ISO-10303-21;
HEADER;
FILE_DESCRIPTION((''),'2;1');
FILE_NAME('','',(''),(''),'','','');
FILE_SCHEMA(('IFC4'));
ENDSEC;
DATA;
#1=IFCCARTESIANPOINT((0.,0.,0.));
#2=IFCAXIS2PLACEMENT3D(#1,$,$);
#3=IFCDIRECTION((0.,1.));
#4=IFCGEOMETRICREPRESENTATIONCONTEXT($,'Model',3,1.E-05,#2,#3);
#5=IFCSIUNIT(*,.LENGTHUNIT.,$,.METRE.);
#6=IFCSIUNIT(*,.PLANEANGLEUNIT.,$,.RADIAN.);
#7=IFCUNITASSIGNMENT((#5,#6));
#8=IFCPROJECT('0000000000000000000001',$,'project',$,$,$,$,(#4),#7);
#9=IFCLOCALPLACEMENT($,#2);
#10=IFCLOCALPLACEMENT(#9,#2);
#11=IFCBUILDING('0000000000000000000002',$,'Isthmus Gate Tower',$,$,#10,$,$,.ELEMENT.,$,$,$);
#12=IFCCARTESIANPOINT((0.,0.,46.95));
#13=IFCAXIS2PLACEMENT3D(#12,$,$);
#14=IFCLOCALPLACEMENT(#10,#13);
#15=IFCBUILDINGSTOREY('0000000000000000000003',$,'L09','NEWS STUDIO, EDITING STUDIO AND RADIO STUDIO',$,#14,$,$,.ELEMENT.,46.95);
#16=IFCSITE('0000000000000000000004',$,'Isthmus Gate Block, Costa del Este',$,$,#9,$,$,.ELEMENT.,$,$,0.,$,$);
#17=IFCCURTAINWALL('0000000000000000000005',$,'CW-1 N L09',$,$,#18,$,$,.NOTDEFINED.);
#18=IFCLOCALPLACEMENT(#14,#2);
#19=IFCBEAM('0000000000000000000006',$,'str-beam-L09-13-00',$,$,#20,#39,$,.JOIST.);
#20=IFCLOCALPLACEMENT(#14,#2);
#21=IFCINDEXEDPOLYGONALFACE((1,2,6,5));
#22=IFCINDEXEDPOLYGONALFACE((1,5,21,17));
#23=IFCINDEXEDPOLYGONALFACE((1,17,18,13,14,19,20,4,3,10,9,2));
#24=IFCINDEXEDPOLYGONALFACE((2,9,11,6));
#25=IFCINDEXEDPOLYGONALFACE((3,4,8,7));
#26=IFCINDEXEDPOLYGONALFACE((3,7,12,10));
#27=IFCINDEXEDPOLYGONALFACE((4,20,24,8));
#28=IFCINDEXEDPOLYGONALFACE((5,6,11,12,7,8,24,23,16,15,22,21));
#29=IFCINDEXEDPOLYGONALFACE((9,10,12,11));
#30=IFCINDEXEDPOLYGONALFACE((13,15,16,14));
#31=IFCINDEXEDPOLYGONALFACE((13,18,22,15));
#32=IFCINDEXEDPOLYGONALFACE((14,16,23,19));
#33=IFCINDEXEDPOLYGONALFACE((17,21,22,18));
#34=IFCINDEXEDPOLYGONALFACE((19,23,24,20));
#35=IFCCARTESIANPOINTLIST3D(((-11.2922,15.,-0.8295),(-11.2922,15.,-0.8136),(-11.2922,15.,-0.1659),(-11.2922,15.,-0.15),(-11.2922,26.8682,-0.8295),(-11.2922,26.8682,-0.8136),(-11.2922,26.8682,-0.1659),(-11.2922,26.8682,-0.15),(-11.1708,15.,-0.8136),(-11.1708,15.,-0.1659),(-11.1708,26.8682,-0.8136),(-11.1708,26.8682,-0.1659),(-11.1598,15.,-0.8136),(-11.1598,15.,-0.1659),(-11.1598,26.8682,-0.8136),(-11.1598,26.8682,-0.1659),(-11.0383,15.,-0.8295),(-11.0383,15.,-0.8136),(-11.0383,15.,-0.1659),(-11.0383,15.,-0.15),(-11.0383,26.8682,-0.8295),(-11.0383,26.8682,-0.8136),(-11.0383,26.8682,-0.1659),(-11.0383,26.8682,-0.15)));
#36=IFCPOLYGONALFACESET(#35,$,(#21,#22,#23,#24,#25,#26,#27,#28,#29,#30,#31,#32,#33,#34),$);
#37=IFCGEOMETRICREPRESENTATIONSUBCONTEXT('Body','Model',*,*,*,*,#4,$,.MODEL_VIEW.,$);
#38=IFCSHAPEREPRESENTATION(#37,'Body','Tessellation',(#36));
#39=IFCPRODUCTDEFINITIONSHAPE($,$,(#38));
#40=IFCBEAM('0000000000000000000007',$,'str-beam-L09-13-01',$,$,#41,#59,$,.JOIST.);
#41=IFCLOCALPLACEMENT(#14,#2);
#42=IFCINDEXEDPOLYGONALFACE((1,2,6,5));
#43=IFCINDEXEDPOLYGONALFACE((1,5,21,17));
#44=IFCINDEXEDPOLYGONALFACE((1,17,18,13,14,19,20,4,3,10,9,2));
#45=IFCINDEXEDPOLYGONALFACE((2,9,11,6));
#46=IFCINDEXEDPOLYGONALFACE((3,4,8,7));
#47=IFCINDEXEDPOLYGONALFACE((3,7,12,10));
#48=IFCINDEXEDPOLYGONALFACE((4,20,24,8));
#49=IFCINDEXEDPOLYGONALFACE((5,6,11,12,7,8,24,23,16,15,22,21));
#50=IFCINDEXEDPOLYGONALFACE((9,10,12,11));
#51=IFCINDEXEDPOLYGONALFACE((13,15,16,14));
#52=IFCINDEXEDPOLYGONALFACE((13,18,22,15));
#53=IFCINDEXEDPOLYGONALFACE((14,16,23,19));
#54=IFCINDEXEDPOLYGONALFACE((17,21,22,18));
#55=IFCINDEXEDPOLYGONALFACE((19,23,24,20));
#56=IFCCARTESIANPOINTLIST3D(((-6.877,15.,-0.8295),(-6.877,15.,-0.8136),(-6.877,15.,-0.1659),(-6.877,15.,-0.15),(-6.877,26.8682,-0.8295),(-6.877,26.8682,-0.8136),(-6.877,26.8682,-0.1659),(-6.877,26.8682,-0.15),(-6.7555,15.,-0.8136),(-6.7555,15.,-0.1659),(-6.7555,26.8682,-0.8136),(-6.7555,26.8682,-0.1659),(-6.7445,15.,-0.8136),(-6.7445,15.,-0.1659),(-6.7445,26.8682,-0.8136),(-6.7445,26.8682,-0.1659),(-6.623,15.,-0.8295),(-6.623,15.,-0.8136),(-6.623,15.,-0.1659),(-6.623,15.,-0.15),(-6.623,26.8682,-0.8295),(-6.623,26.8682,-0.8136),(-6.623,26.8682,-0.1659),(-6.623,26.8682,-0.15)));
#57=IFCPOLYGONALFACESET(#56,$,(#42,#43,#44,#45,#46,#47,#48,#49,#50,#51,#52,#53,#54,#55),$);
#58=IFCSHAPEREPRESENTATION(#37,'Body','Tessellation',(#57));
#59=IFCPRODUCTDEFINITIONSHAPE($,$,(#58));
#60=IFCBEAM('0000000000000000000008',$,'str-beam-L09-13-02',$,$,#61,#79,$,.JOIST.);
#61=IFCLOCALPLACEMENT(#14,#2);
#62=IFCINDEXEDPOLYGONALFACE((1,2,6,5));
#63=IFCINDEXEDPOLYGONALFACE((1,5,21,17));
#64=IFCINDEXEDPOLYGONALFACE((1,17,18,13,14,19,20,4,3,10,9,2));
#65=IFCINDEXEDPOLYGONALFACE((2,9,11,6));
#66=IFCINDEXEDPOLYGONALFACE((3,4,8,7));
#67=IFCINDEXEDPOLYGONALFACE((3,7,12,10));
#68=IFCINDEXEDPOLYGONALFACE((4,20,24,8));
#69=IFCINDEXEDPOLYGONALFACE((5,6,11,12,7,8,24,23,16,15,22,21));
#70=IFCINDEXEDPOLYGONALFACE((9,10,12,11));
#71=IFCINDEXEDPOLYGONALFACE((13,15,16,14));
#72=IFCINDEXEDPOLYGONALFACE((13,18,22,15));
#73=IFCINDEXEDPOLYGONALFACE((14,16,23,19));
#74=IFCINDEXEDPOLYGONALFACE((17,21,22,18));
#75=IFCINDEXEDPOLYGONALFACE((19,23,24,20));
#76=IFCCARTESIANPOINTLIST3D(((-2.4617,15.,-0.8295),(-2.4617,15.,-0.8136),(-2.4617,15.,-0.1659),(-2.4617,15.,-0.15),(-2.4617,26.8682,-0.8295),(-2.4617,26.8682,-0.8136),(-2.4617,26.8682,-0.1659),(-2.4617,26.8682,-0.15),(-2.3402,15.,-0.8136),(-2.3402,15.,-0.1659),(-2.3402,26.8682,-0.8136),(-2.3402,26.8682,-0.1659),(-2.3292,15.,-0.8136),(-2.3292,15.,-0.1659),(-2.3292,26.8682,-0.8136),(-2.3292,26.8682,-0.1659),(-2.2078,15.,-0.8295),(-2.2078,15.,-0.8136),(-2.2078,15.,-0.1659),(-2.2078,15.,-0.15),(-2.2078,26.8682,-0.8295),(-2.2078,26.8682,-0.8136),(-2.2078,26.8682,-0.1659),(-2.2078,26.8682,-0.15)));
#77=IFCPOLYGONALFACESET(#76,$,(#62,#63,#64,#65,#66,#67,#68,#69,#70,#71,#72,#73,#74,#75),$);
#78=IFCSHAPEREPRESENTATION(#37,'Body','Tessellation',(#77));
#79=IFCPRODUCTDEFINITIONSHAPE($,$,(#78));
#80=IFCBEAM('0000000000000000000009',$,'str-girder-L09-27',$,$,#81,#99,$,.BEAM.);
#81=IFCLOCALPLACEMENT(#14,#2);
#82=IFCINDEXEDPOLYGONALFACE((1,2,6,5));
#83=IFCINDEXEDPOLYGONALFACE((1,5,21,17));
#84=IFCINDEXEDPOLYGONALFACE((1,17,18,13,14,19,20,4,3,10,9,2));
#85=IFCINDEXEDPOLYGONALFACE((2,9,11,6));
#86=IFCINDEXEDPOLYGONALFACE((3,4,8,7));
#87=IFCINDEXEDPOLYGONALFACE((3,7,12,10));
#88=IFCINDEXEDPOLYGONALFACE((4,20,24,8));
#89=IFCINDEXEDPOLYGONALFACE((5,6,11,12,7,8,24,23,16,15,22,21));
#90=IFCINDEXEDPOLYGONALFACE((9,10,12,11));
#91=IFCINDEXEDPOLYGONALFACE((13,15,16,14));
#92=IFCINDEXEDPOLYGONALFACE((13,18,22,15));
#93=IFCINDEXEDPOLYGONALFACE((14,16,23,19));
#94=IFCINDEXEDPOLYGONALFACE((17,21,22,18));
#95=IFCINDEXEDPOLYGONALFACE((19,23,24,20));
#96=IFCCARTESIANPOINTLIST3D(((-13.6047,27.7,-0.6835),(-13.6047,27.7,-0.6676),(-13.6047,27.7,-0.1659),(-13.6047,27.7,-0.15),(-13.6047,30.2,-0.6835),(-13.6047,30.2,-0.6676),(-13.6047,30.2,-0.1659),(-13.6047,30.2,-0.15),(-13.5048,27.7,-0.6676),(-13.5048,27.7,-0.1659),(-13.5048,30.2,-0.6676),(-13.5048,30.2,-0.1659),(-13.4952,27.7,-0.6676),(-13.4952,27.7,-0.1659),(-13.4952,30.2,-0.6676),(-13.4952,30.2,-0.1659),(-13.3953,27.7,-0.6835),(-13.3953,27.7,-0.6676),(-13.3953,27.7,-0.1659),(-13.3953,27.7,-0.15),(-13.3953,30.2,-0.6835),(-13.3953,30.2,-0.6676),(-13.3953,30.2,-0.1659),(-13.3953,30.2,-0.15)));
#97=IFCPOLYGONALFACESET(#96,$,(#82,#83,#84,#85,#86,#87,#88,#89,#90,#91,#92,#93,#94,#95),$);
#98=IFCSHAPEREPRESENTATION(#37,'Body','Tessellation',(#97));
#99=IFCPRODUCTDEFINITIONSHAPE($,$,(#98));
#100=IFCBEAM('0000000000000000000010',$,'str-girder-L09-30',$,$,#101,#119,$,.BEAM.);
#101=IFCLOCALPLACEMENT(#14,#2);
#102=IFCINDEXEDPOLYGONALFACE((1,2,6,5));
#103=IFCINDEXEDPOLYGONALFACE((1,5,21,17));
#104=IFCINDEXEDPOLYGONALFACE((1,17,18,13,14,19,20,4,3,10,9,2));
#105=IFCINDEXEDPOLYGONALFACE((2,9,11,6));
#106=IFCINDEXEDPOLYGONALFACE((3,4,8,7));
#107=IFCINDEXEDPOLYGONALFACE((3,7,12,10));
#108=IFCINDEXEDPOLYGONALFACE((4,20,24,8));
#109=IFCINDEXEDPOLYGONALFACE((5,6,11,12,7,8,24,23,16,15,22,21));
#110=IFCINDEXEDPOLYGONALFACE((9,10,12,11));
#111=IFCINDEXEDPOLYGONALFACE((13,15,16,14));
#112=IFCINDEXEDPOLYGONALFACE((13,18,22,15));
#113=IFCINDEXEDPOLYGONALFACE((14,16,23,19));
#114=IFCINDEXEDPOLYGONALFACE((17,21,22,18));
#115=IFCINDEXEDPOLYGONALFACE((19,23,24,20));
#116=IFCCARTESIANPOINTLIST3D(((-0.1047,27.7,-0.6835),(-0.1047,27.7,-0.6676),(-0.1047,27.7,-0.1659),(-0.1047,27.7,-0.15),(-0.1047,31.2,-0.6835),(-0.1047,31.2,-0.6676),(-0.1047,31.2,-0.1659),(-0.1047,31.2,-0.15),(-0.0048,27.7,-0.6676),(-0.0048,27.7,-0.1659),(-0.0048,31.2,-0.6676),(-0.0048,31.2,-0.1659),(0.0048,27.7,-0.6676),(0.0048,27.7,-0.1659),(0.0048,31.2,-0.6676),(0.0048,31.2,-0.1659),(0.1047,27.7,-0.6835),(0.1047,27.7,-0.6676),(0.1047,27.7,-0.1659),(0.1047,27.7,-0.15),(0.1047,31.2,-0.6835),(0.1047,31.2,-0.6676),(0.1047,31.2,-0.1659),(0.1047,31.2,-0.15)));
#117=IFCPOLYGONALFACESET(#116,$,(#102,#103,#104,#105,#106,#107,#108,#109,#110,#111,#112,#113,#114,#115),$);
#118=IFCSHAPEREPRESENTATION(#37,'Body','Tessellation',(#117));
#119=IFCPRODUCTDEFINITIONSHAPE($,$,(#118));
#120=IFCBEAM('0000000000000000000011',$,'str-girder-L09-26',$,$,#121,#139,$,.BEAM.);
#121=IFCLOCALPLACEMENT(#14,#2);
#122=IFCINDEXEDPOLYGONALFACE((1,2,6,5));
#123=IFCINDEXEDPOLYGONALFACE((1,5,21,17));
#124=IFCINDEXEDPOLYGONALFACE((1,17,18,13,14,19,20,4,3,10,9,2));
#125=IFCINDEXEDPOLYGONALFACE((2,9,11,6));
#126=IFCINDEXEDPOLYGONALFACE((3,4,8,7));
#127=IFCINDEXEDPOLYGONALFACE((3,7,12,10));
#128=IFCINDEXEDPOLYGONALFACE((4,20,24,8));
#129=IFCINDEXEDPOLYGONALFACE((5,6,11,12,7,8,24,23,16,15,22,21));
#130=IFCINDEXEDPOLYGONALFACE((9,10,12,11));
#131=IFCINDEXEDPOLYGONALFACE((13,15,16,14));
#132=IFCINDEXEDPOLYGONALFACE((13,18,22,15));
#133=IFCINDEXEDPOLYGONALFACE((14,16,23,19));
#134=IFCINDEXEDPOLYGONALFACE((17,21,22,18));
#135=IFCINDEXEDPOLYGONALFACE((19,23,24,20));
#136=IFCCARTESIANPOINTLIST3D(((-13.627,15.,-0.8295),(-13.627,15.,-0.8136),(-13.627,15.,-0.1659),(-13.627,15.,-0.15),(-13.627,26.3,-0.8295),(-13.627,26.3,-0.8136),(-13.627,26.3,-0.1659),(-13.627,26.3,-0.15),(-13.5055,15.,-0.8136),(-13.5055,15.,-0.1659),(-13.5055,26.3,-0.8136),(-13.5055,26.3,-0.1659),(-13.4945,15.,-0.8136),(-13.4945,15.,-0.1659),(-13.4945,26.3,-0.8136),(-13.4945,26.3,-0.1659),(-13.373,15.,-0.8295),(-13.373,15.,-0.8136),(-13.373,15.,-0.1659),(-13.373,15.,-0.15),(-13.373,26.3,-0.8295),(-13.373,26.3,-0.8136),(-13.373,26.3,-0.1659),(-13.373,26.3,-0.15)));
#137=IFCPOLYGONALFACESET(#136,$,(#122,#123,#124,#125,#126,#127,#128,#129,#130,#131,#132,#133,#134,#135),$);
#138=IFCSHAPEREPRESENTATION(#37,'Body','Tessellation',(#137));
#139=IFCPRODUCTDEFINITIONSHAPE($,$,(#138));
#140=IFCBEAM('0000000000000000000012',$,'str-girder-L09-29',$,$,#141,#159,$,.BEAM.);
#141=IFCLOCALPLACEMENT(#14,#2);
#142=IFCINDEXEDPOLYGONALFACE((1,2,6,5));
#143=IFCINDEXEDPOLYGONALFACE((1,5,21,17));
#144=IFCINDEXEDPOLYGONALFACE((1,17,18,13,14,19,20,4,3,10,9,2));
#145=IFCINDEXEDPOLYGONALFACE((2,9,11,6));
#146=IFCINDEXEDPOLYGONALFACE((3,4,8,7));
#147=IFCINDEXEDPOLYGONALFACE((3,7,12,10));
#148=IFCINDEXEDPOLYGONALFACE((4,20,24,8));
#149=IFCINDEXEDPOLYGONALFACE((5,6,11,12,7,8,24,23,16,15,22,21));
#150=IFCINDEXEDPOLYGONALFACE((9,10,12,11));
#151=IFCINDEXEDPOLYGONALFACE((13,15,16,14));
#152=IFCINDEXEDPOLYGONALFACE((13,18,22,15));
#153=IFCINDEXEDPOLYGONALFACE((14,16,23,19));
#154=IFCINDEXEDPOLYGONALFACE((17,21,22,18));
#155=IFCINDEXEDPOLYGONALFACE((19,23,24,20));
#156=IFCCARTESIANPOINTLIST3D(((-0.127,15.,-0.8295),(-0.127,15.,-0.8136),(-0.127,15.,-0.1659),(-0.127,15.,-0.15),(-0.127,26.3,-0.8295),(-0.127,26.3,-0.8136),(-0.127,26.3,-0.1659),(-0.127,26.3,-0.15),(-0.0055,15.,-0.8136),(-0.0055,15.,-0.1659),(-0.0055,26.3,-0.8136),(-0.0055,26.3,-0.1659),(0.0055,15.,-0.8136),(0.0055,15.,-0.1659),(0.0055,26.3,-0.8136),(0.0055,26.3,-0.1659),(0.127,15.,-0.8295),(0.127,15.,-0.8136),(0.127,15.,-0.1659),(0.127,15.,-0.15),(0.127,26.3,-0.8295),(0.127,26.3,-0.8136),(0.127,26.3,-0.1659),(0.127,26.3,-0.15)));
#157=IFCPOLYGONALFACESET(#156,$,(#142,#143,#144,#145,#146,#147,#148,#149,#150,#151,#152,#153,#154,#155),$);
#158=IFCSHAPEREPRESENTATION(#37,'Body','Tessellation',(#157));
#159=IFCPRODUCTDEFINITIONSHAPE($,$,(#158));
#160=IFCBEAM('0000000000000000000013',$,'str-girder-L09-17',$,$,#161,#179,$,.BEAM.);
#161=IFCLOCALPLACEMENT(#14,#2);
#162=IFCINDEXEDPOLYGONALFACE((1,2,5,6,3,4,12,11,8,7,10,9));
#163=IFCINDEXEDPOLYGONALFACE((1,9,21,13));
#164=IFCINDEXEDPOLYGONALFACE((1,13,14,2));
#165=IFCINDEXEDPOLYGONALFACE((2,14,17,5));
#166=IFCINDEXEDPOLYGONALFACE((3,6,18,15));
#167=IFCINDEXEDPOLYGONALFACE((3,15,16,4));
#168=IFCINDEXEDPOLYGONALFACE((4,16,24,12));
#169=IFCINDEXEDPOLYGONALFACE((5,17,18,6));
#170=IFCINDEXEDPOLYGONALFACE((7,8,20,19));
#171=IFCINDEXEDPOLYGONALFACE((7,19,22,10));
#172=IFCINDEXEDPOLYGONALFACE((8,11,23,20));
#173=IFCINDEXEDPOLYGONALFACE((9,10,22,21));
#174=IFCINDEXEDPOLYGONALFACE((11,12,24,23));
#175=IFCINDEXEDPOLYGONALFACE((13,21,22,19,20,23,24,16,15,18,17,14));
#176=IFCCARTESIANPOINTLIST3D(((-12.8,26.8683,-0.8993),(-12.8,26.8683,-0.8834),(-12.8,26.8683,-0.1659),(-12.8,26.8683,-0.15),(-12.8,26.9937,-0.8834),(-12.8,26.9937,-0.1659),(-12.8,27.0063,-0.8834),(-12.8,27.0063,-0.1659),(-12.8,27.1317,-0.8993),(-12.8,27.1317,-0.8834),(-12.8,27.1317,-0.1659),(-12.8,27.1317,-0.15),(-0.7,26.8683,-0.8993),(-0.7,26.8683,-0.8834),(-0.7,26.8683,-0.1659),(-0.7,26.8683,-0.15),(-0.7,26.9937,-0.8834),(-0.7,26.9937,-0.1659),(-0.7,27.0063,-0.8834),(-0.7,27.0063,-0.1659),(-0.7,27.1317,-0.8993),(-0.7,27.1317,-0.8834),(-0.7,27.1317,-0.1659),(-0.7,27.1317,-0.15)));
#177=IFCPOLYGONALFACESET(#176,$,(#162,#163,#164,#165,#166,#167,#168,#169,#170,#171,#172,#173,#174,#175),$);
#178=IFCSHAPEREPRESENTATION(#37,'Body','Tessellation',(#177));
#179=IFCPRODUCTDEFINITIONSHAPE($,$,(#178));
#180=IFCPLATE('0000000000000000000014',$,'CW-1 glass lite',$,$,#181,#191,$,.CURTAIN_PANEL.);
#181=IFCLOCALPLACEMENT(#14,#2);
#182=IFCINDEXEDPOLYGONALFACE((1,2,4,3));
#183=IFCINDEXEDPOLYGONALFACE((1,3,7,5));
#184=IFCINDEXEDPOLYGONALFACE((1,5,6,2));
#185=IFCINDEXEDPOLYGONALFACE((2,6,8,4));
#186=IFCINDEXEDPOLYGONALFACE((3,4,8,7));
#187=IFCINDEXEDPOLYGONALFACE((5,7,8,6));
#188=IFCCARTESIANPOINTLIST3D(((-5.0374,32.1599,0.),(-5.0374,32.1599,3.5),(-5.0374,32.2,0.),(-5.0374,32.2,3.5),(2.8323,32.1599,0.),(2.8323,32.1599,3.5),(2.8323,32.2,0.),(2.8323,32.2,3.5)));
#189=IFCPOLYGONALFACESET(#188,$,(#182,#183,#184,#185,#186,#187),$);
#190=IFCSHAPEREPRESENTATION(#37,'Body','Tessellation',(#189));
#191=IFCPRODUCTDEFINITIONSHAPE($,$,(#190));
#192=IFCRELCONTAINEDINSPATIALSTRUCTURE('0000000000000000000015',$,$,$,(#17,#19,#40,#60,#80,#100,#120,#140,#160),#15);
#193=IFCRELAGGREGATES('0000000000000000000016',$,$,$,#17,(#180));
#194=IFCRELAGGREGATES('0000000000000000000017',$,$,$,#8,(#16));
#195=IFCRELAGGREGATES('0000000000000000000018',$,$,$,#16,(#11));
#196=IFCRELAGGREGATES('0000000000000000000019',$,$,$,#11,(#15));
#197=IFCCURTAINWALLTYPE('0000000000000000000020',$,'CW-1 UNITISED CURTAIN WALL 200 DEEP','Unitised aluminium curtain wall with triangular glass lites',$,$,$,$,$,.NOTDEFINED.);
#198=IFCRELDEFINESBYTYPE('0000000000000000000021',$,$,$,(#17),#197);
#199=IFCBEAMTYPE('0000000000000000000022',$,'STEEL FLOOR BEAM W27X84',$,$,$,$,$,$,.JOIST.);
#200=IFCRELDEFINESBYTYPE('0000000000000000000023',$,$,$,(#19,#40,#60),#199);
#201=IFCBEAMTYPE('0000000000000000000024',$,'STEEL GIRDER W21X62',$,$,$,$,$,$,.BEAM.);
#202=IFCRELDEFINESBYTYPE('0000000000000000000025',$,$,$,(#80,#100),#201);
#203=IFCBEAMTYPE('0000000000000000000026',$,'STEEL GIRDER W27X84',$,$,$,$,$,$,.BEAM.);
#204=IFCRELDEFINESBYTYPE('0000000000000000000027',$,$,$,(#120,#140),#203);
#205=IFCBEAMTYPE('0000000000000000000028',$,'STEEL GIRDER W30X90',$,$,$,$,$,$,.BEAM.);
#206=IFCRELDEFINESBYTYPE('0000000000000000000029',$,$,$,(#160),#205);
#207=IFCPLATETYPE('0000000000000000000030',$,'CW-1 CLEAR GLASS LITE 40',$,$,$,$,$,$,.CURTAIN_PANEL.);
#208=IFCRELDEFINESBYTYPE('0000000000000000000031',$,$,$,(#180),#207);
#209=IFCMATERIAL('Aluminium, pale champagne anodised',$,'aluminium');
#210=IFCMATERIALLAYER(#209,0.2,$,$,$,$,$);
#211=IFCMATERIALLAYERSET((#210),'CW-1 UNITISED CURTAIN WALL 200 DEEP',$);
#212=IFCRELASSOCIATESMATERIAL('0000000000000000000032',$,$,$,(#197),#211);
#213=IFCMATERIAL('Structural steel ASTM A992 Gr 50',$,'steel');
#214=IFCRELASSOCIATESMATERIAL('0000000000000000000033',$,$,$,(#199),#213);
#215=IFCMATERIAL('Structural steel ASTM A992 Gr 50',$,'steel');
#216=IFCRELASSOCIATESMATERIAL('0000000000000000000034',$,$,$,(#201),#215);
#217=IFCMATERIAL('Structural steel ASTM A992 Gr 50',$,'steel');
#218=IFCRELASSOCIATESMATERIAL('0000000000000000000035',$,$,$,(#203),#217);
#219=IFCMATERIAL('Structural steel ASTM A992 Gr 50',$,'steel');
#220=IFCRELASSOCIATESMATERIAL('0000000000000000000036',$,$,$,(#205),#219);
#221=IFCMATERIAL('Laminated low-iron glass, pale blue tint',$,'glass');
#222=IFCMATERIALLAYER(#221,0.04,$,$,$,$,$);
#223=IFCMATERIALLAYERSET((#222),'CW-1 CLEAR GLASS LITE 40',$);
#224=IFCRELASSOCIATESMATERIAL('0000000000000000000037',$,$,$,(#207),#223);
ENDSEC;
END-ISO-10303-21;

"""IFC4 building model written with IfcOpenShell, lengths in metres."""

from ifc_helpers import new_model, si_unit, direction, frame, origin, origin_2d, place, context, subcontext, project, spatial, rectangle, i_section, extrude, material, layer, layer_set, material_profile, profile_set, type_object, element, aggregate, save


model = new_model("IFC4")

# Units and contexts
model_context = context("Model", 3, precision=1e-05, world=origin(), true_north=direction((0.0, 1.0)))
body_context = subcontext(model_context, "Body", "Model", "MODEL_VIEW")
ifc_project = project(units=[si_unit("LENGTHUNIT", "METRE"), si_unit("PLANEANGLEUNIT", "RADIAN")], contexts=[model_context])

# Site, building, storey
site_placement = place(None, origin())
site = spatial("IfcSite", under=ifc_project, at=site_placement, Name="Isthmus Gate Block, Costa del Este", CompositionType="ELEMENT", RefElevation=0.0)
building_placement = place(site_placement, origin())
building = spatial("IfcBuilding", under=site, at=building_placement, Name="Isthmus Gate Tower", CompositionType="ELEMENT")
storey_placement = place(building_placement, frame((0.0, 0.0, 46.95)))
storey = spatial("IfcBuildingStorey", under=building, at=storey_placement, Name="L09", Description="NEWS STUDIO, EDITING STUDIO AND RADIO STUDIO", CompositionType="ELEMENT", Elevation=46.95)

# Curtain wall
ifc_material_1 = material(Name="Aluminium, pale champagne anodised", Category="aluminium")
ifc_layer_1 = layer(ifc_material_1, 0.2)
ifc_layer_set_1 = layer_set([ifc_layer_1], Name="CW-1 UNITISED CURTAIN WALL 200 DEEP")
curtain_wall_type = type_object("IfcCurtainWallType", Name="CW-1 UNITISED CURTAIN WALL 200 DEEP", Description="Unitised aluminium curtain wall with triangular glass lites", PredefinedType="NOTDEFINED", material=ifc_layer_set_1)
curtain_wall_placement = place(storey_placement, origin())
curtain_wall = element("IfcCurtainWall", 1, at=curtain_wall_placement, inside=storey, type_object=curtain_wall_type, Name="CW-1 N L09", PredefinedType="NOTDEFINED")

# Beams
ifc_material_2 = material(Name="Structural steel ASTM A992 Gr 50", Category="steel")
ifc_material_profile_1 = material_profile(ifc_material_2, i_section(OverallWidth=0.2539, OverallDepth=0.6794, WebThickness=0.011, FlangeThickness=0.0159, at=origin_2d()), Name="W27X84")
ifc_profile_set_1 = profile_set([ifc_material_profile_1], Name="Structural steel ASTM A992 Gr 50")
beam_type_1 = type_object("IfcBeamType", Name="STEEL FLOOR BEAM W27X84", PredefinedType="JOIST", material=ifc_profile_set_1)
for number, where, z_axis, x_axis, name in (
    (2, (-11.1653, 15.0, -0.4897), (0.0, 1.0, 0.0), (-1.0, 0.0, 0.0), "str-beam-L09-13-00"),
    (3, (-6.75, 15.0, -0.4897), (0.0, 1.0, 0.0), (-1.0, 0.0, 0.0), "str-beam-L09-13-01"),
    (4, (-2.3347, 15.0, -0.4897), (0.0, 1.0, 0.0), (-1.0, 0.0, 0.0), "str-beam-L09-13-02"),
):
    element("IfcBeam", number, at=place(storey_placement, frame(where, z_axis=z_axis, x_axis=x_axis)), inside=storey, type_object=beam_type_1, Name=name, PredefinedType="JOIST", context=body_context, shape_type="SweptSolid", body=[
        extrude(i_section(OverallWidth=0.2539, OverallDepth=0.6794, WebThickness=0.011, FlangeThickness=0.0159, at=origin_2d()), origin(), (0.0, 0.0, 1.0), 11.8682),
    ])
ifc_material_3 = material(Name="Structural steel ASTM A992 Gr 50", Category="steel")
ifc_material_profile_2 = material_profile(ifc_material_3, i_section(OverallWidth=0.2095, OverallDepth=0.5334, WebThickness=0.0095, FlangeThickness=0.0159, at=origin_2d()), Name="W21X62")
ifc_profile_set_2 = profile_set([ifc_material_profile_2], Name="Structural steel ASTM A992 Gr 50")
beam_type_2 = type_object("IfcBeamType", Name="STEEL GIRDER W21X62", PredefinedType="BEAM", material=ifc_profile_set_2)
beam_1_placement = place(storey_placement, frame((-13.5, 27.7, -0.4167), z_axis=(0.0, 1.0, 0.0), x_axis=(-1.0, 0.0, 0.0)))
element("IfcBeam", 5, at=beam_1_placement, inside=storey, type_object=beam_type_2, Name="str-girder-L09-27", PredefinedType="BEAM", context=body_context, shape_type="SweptSolid", body=[
    extrude(i_section(OverallWidth=0.2095, OverallDepth=0.5334, WebThickness=0.0095, FlangeThickness=0.0159, at=origin_2d()), origin(), (0.0, 0.0, 1.0), 2.5),
])
beam_2_placement = place(storey_placement, frame((0.0, 27.7, -0.4167), z_axis=(0.0, 1.0, 0.0), x_axis=(-1.0, 0.0, 0.0)))
element("IfcBeam", 6, at=beam_2_placement, inside=storey, type_object=beam_type_2, Name="str-girder-L09-30", PredefinedType="BEAM", context=body_context, shape_type="SweptSolid", body=[
    extrude(i_section(OverallWidth=0.2095, OverallDepth=0.5334, WebThickness=0.0095, FlangeThickness=0.0159, at=origin_2d()), origin(), (0.0, 0.0, 1.0), 3.5),
])
ifc_material_4 = material(Name="Structural steel ASTM A992 Gr 50", Category="steel")
ifc_material_profile_3 = material_profile(ifc_material_4, i_section(OverallWidth=0.2539, OverallDepth=0.6794, WebThickness=0.011, FlangeThickness=0.0159, at=origin_2d()), Name="W27X84")
ifc_profile_set_3 = profile_set([ifc_material_profile_3], Name="Structural steel ASTM A992 Gr 50")
beam_type_3 = type_object("IfcBeamType", Name="STEEL GIRDER W27X84", PredefinedType="BEAM", material=ifc_profile_set_3)
for number, where, z_axis, x_axis, name in (
    (7, (-13.5, 15.0, -0.4897), (0.0, 1.0, 0.0), (-1.0, 0.0, 0.0), "str-girder-L09-26"),
    (8, (0.0, 15.0, -0.4897), (0.0, 1.0, 0.0), (-1.0, 0.0, 0.0), "str-girder-L09-29"),
):
    element("IfcBeam", number, at=place(storey_placement, frame(where, z_axis=z_axis, x_axis=x_axis)), inside=storey, type_object=beam_type_3, Name=name, PredefinedType="BEAM", context=body_context, shape_type="SweptSolid", body=[
        extrude(i_section(OverallWidth=0.2539, OverallDepth=0.6794, WebThickness=0.011, FlangeThickness=0.0159, at=origin_2d()), origin(), (0.0, 0.0, 1.0), 11.3),
    ])
ifc_material_5 = material(Name="Structural steel ASTM A992 Gr 50", Category="steel")
ifc_material_profile_4 = material_profile(ifc_material_5, i_section(OverallWidth=0.2634, OverallDepth=0.7493, WebThickness=0.0127, FlangeThickness=0.0159, at=origin_2d()), Name="W30X90")
ifc_profile_set_4 = profile_set([ifc_material_profile_4], Name="Structural steel ASTM A992 Gr 50")
beam_type_4 = type_object("IfcBeamType", Name="STEEL GIRDER W30X90", PredefinedType="BEAM", material=ifc_profile_set_4)
beam_3_placement = place(storey_placement, frame((-12.8, 27.0, -0.5247), z_axis=(1.0, 0.0, 0.0), x_axis=(0.0, 1.0, 0.0)))
element("IfcBeam", 9, at=beam_3_placement, inside=storey, type_object=beam_type_4, Name="str-girder-L09-17", PredefinedType="BEAM", context=body_context, shape_type="SweptSolid", body=[
    extrude(i_section(OverallWidth=0.2634, OverallDepth=0.7493, WebThickness=0.0127, FlangeThickness=0.0159, at=origin_2d()), origin(), (0.0, 0.0, 1.0), 12.1001),
])

# Plate
ifc_material_6 = material(Name="Laminated low-iron glass, pale blue tint", Category="glass")
ifc_layer_2 = layer(ifc_material_6, 0.04)
ifc_layer_set_2 = layer_set([ifc_layer_2], Name="CW-1 CLEAR GLASS LITE 40")
plate_type = type_object("IfcPlateType", Name="CW-1 CLEAR GLASS LITE 40", PredefinedType="CURTAIN_PANEL", material=ifc_layer_set_2)
plate_1_placement = place(storey_placement, frame((-1.1025, 32.1799, 0.0), z_axis=(0.0, 0.0, 1.0), x_axis=(-1.0, 0.0, 0.0)))
plate_1 = element("IfcPlate", 10, at=plate_1_placement, type_object=plate_type, Name="CW-1 glass lite", PredefinedType="CURTAIN_PANEL", context=body_context, shape_type="SweptSolid", body=[
    extrude(rectangle(XDim=7.8696, YDim=0.04, at=origin_2d()), origin(), (0.0, 0.0, 1.0), 3.5),
])
aggregate(curtain_wall, [plate_1])

save(model, "model.ifc")
